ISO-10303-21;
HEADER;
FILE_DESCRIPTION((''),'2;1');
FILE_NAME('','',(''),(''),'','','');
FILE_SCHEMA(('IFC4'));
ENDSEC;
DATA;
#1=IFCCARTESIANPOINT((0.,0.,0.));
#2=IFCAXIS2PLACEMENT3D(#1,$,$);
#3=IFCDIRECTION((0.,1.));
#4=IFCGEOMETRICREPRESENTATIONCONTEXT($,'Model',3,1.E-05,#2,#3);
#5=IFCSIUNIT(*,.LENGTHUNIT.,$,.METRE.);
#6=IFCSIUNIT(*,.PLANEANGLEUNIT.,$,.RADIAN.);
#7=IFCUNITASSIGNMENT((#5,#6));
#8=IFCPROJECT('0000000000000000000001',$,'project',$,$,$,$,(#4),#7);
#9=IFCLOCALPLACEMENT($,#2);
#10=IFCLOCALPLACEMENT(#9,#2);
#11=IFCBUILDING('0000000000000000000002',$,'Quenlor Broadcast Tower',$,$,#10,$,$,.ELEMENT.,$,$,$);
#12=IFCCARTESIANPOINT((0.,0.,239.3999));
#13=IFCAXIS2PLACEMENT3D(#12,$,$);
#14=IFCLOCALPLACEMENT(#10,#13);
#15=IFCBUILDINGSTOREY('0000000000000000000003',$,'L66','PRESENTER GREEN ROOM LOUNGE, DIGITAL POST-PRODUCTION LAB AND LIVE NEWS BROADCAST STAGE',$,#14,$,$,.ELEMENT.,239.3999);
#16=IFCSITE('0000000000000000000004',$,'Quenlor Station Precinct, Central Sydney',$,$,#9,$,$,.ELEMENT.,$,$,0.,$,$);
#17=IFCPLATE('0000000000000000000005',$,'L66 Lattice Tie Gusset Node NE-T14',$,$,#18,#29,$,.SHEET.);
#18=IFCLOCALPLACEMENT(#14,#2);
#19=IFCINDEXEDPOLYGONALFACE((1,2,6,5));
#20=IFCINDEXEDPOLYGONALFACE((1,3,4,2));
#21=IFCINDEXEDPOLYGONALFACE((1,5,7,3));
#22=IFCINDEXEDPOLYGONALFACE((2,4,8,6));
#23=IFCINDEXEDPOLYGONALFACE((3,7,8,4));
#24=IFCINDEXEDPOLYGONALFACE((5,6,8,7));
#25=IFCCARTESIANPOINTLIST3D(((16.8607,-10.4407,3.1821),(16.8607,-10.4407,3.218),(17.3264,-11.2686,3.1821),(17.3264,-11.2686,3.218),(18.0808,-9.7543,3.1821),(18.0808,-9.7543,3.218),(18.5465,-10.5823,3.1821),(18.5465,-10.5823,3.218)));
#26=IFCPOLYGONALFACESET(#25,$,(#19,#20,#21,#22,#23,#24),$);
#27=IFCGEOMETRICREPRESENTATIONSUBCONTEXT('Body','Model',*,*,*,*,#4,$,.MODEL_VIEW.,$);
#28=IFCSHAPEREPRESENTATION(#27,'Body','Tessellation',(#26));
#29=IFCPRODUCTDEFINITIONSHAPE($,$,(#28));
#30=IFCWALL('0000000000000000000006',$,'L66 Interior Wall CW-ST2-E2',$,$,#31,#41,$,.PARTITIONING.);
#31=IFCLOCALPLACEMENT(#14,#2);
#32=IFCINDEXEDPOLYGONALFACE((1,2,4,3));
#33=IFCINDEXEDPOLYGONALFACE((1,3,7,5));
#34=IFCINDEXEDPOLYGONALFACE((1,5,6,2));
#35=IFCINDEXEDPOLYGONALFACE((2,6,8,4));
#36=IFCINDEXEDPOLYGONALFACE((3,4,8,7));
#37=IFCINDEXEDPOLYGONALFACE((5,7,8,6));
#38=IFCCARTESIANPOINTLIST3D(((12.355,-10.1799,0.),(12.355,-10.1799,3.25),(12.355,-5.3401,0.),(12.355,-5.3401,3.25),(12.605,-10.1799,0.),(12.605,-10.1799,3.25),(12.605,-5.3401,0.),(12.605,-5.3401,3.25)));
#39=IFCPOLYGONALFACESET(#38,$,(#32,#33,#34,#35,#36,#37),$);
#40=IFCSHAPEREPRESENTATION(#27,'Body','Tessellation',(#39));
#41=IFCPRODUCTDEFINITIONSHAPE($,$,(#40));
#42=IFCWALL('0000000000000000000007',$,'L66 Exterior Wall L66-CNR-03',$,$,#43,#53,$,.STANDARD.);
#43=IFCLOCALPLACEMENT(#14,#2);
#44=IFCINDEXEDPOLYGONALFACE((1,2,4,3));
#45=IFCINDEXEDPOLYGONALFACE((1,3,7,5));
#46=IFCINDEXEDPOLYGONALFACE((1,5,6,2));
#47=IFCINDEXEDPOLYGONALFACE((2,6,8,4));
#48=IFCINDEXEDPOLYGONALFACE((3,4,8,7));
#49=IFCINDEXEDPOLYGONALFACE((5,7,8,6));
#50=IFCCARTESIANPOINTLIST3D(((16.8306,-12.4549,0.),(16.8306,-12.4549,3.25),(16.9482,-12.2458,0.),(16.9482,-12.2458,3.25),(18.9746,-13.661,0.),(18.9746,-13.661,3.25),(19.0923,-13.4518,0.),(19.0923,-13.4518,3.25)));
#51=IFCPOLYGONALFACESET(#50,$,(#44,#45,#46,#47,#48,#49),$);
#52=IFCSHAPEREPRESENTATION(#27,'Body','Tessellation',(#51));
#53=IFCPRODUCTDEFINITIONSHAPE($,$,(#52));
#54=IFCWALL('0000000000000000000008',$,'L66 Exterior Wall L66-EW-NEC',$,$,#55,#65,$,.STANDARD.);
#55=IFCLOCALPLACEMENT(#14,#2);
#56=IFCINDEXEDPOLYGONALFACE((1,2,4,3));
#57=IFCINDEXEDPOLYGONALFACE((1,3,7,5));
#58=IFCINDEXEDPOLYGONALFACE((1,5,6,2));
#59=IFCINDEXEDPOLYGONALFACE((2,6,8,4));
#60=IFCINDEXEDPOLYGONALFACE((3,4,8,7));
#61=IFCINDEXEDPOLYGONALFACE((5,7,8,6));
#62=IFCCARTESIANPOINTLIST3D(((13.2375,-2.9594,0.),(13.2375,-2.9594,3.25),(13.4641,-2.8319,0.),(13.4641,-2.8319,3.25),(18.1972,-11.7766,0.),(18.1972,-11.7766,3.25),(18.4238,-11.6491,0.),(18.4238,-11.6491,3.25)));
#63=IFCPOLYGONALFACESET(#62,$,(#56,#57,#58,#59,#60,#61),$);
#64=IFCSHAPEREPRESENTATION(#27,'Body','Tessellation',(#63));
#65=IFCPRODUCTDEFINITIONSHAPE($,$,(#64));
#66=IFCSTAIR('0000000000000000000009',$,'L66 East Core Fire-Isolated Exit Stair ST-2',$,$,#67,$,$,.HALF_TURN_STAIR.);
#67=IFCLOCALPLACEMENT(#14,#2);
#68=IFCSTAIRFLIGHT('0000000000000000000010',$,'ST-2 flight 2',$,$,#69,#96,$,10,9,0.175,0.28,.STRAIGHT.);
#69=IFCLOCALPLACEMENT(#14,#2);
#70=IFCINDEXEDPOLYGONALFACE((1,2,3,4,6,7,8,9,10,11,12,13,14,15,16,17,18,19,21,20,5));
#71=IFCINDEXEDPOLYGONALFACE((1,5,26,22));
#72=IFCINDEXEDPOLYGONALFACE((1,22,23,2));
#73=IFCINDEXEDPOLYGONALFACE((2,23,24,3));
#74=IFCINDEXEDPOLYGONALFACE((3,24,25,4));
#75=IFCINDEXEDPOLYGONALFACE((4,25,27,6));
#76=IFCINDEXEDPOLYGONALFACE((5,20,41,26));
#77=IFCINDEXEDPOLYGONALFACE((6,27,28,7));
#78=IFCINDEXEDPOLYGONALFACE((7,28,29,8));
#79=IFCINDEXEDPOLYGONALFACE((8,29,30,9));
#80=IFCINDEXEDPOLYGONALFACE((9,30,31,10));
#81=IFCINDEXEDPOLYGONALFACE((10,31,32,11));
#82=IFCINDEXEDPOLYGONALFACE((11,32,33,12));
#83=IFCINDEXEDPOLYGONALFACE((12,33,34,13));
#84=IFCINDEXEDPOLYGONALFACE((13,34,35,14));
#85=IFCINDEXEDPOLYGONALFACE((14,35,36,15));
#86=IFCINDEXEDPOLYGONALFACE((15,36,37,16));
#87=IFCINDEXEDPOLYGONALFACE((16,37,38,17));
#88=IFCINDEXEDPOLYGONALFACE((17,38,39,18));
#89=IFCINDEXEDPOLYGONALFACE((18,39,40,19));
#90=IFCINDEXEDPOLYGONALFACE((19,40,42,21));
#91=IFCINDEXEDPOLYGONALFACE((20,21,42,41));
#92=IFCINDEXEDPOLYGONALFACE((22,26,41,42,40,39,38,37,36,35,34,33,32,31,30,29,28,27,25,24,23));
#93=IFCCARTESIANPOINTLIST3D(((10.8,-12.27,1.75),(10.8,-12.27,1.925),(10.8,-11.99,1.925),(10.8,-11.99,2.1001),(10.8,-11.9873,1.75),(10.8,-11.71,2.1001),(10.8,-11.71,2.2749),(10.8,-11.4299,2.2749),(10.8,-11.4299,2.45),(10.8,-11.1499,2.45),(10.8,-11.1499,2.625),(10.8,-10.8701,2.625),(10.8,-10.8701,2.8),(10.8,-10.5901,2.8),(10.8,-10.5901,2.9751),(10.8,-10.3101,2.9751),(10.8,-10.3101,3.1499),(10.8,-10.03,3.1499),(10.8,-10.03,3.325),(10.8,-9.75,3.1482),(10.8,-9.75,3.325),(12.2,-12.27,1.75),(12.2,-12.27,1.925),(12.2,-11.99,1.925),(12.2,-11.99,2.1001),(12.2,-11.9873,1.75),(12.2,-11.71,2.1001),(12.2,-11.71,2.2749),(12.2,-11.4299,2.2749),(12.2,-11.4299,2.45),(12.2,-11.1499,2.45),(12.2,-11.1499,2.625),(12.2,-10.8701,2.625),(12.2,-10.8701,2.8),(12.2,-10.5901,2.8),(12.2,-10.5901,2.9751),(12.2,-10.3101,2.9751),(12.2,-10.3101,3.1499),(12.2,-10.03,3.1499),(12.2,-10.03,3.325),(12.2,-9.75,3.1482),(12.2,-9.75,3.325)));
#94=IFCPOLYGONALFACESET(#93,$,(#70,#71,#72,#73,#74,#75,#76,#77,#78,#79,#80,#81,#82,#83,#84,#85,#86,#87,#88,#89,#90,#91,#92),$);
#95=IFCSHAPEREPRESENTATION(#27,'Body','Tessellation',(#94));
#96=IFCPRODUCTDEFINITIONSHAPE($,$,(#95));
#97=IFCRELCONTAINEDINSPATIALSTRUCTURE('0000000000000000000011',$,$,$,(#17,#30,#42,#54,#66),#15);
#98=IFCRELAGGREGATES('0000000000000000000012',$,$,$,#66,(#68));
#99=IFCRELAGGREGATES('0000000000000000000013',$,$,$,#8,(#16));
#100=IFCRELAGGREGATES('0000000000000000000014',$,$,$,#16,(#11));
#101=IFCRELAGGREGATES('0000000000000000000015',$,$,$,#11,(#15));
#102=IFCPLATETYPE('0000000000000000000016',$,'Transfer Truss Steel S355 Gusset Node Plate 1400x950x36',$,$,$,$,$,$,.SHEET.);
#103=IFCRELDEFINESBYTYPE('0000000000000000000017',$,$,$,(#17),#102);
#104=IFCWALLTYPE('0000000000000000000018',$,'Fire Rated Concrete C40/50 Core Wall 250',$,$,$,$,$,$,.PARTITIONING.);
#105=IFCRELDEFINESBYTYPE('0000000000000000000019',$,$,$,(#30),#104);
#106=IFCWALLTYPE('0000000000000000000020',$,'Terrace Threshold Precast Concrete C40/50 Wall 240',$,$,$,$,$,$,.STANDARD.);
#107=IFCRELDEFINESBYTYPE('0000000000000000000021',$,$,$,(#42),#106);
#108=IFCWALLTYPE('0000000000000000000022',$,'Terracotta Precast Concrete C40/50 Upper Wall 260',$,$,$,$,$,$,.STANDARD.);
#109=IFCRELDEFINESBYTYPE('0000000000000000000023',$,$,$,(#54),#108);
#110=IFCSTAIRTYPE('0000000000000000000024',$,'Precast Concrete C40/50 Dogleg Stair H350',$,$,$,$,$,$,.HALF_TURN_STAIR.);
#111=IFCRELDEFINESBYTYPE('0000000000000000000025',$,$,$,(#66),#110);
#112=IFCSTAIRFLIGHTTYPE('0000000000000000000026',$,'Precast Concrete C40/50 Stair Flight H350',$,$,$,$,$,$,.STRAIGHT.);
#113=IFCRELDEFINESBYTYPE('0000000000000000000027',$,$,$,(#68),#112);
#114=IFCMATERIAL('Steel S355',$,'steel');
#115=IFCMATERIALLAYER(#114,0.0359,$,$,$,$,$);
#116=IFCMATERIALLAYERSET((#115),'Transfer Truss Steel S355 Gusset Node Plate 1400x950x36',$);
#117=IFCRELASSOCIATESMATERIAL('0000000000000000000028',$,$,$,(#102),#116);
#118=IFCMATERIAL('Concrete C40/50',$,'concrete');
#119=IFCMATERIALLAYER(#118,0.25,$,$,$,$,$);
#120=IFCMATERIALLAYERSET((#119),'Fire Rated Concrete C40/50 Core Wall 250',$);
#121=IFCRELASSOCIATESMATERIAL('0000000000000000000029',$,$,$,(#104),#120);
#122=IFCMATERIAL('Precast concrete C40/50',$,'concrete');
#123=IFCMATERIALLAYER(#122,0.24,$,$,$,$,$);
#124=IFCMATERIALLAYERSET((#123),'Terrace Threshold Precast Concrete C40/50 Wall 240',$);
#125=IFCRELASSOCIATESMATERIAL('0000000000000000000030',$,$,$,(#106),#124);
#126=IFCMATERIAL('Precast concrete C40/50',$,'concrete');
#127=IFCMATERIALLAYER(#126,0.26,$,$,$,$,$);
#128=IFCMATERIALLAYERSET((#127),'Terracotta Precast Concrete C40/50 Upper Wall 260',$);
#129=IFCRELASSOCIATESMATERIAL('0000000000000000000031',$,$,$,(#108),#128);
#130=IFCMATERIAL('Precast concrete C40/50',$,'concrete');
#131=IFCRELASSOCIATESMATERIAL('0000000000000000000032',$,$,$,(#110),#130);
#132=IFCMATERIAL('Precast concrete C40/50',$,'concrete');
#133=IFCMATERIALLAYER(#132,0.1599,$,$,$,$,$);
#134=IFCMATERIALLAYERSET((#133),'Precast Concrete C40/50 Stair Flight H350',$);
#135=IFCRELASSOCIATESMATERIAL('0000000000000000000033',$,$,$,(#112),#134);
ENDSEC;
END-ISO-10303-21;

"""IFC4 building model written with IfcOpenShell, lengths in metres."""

from ifc_helpers import new_model, si_unit, direction, frame, frame_2d, origin, origin_2d, place, context, subcontext, project, spatial, polyline, rectangle, outline, extrude, material, layer, layer_set, type_object, element, aggregate, save


model = new_model("IFC4")

# Units and contexts
model_context = context("Model", 3, precision=1e-05, world=origin(), true_north=direction((0.0, 1.0)))
body_context = subcontext(model_context, "Body", "Model", "MODEL_VIEW")
ifc_project = project(units=[si_unit("LENGTHUNIT", "METRE"), si_unit("PLANEANGLEUNIT", "RADIAN")], contexts=[model_context])

# Site, building, storey
site_placement = place(None, origin())
site = spatial("IfcSite", under=ifc_project, at=site_placement, Name="Quenlor Station Precinct, Central Sydney", CompositionType="ELEMENT", RefElevation=0.0)
building_placement = place(site_placement, origin())
building = spatial("IfcBuilding", under=site, at=building_placement, Name="Quenlor Broadcast Tower", CompositionType="ELEMENT")
storey_placement = place(building_placement, frame((0.0, 0.0, 239.3999)))
storey = spatial("IfcBuildingStorey", under=building, at=storey_placement, Name="L66", Description="PRESENTER GREEN ROOM LOUNGE, DIGITAL POST-PRODUCTION LAB AND LIVE NEWS BROADCAST STAGE", CompositionType="ELEMENT", Elevation=239.3999)

# Plate
ifc_material_1 = material(Name="Steel S355", Category="steel")
ifc_layer_1 = layer(ifc_material_1, 0.0359)
ifc_layer_set_1 = layer_set([ifc_layer_1], Name="Transfer Truss Steel S355 Gusset Node Plate 1400x950x36")
plate_type = type_object("IfcPlateType", Name="Transfer Truss Steel S355 Gusset Node Plate 1400x950x36", PredefinedType="SHEET", material=ifc_layer_set_1)
for number, where, z_axis, x_axis, name in (
    (1, (17.7036, -10.5115, 3.1821), (0.0, 0.0, 1.0), (0.871556, 0.490295, 0.0), "L66 Lattice Tie Gusset Node NE-T14"),
):
    element("IfcPlate", number, at=place(storey_placement, frame(where, z_axis=z_axis, x_axis=x_axis)), inside=storey, type_object=plate_type, Name=name, PredefinedType="SHEET", context=body_context, shape_type="SweptSolid", body=[
        extrude(rectangle(XDim=1.3999, YDim=0.95, at=origin_2d()), origin(), (0.0, 0.0, 1.0), 0.0359),
    ])

# Wall
ifc_material_2 = material(Name="Concrete C40/50", Category="concrete")
ifc_layer_2 = layer(ifc_material_2, 0.25)
ifc_layer_set_2 = layer_set([ifc_layer_2], Name="Fire Rated Concrete C40/50 Core Wall 250")
wall_type_1 = type_object("IfcWallType", Name="Fire Rated Concrete C40/50 Core Wall 250", PredefinedType="PARTITIONING", material=ifc_layer_set_2)
wall_1_placement = place(storey_placement, frame((12.48, -10.1799, 0.0), z_axis=(0.0, 0.0, 1.0), x_axis=(0.0, 1.0, 0.0)))
element("IfcWall", 2, at=wall_1_placement, inside=storey, type_object=wall_type_1, Name="L66 Interior Wall CW-ST2-E2", PredefinedType="PARTITIONING", context=body_context, shape_type="SweptSolid", body=[
    extrude(rectangle(XDim=4.8398, YDim=0.25, at=frame_2d((2.4199, 0.0))), origin(), (0.0, 0.0, 1.0), 3.25),
])

# Walls
ifc_material_3 = material(Name="Precast concrete C40/50", Category="concrete")
ifc_layer_3 = layer(ifc_material_3, 0.24)
ifc_layer_set_3 = layer_set([ifc_layer_3], Name="Terrace Threshold Precast Concrete C40/50 Wall 240")
wall_type_2 = type_object("IfcWallType", Name="Terrace Threshold Precast Concrete C40/50 Wall 240", PredefinedType="STANDARD", material=ifc_layer_set_3)
wall_2_placement = place(storey_placement, frame((16.8894, -12.3503, 0.0), z_axis=(0.0, 0.0, 1.0), x_axis=(0.87157, -0.490271, 0.0)))
element("IfcWall", 3, at=wall_2_placement, inside=storey, type_object=wall_type_2, Name="L66 Exterior Wall L66-CNR-03", PredefinedType="STANDARD", context=body_context, shape_type="SweptSolid", body=[
    extrude(rectangle(XDim=2.46, YDim=0.24, at=frame_2d((1.23, 0.0))), origin(), (0.0, 0.0, 1.0), 3.25),
])
ifc_material_4 = material(Name="Precast concrete C40/50", Category="concrete")
ifc_layer_4 = layer(ifc_material_4, 0.26)
ifc_layer_set_4 = layer_set([ifc_layer_4], Name="Terracotta Precast Concrete C40/50 Upper Wall 260")
wall_type_3 = type_object("IfcWallType", Name="Terracotta Precast Concrete C40/50 Upper Wall 260", PredefinedType="STANDARD", material=ifc_layer_set_4)
wall_3_placement = place(storey_placement, frame((13.3508, -2.8958, 0.0), z_axis=(0.0, 0.0, 1.0), x_axis=(0.490267, -0.871572, 0.0)))
element("IfcWall", 4, at=wall_3_placement, inside=storey, type_object=wall_type_3, Name="L66 Exterior Wall L66-EW-NEC", PredefinedType="STANDARD", context=body_context, shape_type="SweptSolid", body=[
    extrude(rectangle(XDim=10.1165, YDim=0.26, at=frame_2d((5.0581, 0.0))), origin(), (0.0, 0.0, 1.0), 3.25),
])

# Stair, stair flight
ifc_material_5 = material(Name="Precast concrete C40/50", Category="concrete")
stair_type = type_object("IfcStairType", Name="Precast Concrete C40/50 Dogleg Stair H350", PredefinedType="HALF_TURN_STAIR", material=ifc_material_5)
stair_placement = place(storey_placement, origin())
stair = element("IfcStair", 5, at=stair_placement, inside=storey, type_object=stair_type, Name="L66 East Core Fire-Isolated Exit Stair ST-2", PredefinedType="HALF_TURN_STAIR")
ifc_material_6 = material(Name="Precast concrete C40/50", Category="concrete")
ifc_layer_5 = layer(ifc_material_6, 0.1599)
ifc_layer_set_5 = layer_set([ifc_layer_5], Name="Precast Concrete C40/50 Stair Flight H350")
stair_flight_type = type_object("IfcStairFlightType", Name="Precast Concrete C40/50 Stair Flight H350", PredefinedType="STRAIGHT", material=ifc_layer_set_5)
stair_flight_placement = place(storey_placement, frame((11.5, -12.27, 1.75), z_axis=(0.0, 0.0, 1.0), x_axis=(0.0, 1.0, 0.0)))
stair_flight = element("IfcStairFlight", 6, at=stair_flight_placement, type_object=stair_flight_type, Name="ST-2 flight 2", NumberOfRisers=10, NumberOfTreads=9, PredefinedType="STRAIGHT", RiserHeight=0.175, TreadLength=0.28, context=body_context, shape_type="SweptSolid", body=[
    extrude(outline(polyline([(0.0, 0.0), (0.0, 0.175), (0.28, 0.175), (0.28, 0.3501), (0.5601, 0.3501), (0.5601, 0.5249), (0.8401, 0.5249), (0.8401, 0.7), (1.1201, 0.7), (1.1201, 0.875), (1.3999, 0.875), (1.3999, 1.05), (1.6799, 1.05), (1.6799, 1.2251), (1.96, 1.2251), (1.96, 1.3999), (2.24, 1.3999), (2.24, 1.575), (2.52, 1.575), (2.52, 1.75), (2.52, 1.3982), (0.2827, 0.0), (0.0, 0.0)])), frame((0.0, 0.7, 0.0), z_axis=(0.0, -1.0, 0.0), x_axis=(1.0, 0.0, 0.0)), (0.0, 0.0, 1.0), 1.3999),
])
aggregate(stair, [stair_flight])

save(model, "model.ifc")
